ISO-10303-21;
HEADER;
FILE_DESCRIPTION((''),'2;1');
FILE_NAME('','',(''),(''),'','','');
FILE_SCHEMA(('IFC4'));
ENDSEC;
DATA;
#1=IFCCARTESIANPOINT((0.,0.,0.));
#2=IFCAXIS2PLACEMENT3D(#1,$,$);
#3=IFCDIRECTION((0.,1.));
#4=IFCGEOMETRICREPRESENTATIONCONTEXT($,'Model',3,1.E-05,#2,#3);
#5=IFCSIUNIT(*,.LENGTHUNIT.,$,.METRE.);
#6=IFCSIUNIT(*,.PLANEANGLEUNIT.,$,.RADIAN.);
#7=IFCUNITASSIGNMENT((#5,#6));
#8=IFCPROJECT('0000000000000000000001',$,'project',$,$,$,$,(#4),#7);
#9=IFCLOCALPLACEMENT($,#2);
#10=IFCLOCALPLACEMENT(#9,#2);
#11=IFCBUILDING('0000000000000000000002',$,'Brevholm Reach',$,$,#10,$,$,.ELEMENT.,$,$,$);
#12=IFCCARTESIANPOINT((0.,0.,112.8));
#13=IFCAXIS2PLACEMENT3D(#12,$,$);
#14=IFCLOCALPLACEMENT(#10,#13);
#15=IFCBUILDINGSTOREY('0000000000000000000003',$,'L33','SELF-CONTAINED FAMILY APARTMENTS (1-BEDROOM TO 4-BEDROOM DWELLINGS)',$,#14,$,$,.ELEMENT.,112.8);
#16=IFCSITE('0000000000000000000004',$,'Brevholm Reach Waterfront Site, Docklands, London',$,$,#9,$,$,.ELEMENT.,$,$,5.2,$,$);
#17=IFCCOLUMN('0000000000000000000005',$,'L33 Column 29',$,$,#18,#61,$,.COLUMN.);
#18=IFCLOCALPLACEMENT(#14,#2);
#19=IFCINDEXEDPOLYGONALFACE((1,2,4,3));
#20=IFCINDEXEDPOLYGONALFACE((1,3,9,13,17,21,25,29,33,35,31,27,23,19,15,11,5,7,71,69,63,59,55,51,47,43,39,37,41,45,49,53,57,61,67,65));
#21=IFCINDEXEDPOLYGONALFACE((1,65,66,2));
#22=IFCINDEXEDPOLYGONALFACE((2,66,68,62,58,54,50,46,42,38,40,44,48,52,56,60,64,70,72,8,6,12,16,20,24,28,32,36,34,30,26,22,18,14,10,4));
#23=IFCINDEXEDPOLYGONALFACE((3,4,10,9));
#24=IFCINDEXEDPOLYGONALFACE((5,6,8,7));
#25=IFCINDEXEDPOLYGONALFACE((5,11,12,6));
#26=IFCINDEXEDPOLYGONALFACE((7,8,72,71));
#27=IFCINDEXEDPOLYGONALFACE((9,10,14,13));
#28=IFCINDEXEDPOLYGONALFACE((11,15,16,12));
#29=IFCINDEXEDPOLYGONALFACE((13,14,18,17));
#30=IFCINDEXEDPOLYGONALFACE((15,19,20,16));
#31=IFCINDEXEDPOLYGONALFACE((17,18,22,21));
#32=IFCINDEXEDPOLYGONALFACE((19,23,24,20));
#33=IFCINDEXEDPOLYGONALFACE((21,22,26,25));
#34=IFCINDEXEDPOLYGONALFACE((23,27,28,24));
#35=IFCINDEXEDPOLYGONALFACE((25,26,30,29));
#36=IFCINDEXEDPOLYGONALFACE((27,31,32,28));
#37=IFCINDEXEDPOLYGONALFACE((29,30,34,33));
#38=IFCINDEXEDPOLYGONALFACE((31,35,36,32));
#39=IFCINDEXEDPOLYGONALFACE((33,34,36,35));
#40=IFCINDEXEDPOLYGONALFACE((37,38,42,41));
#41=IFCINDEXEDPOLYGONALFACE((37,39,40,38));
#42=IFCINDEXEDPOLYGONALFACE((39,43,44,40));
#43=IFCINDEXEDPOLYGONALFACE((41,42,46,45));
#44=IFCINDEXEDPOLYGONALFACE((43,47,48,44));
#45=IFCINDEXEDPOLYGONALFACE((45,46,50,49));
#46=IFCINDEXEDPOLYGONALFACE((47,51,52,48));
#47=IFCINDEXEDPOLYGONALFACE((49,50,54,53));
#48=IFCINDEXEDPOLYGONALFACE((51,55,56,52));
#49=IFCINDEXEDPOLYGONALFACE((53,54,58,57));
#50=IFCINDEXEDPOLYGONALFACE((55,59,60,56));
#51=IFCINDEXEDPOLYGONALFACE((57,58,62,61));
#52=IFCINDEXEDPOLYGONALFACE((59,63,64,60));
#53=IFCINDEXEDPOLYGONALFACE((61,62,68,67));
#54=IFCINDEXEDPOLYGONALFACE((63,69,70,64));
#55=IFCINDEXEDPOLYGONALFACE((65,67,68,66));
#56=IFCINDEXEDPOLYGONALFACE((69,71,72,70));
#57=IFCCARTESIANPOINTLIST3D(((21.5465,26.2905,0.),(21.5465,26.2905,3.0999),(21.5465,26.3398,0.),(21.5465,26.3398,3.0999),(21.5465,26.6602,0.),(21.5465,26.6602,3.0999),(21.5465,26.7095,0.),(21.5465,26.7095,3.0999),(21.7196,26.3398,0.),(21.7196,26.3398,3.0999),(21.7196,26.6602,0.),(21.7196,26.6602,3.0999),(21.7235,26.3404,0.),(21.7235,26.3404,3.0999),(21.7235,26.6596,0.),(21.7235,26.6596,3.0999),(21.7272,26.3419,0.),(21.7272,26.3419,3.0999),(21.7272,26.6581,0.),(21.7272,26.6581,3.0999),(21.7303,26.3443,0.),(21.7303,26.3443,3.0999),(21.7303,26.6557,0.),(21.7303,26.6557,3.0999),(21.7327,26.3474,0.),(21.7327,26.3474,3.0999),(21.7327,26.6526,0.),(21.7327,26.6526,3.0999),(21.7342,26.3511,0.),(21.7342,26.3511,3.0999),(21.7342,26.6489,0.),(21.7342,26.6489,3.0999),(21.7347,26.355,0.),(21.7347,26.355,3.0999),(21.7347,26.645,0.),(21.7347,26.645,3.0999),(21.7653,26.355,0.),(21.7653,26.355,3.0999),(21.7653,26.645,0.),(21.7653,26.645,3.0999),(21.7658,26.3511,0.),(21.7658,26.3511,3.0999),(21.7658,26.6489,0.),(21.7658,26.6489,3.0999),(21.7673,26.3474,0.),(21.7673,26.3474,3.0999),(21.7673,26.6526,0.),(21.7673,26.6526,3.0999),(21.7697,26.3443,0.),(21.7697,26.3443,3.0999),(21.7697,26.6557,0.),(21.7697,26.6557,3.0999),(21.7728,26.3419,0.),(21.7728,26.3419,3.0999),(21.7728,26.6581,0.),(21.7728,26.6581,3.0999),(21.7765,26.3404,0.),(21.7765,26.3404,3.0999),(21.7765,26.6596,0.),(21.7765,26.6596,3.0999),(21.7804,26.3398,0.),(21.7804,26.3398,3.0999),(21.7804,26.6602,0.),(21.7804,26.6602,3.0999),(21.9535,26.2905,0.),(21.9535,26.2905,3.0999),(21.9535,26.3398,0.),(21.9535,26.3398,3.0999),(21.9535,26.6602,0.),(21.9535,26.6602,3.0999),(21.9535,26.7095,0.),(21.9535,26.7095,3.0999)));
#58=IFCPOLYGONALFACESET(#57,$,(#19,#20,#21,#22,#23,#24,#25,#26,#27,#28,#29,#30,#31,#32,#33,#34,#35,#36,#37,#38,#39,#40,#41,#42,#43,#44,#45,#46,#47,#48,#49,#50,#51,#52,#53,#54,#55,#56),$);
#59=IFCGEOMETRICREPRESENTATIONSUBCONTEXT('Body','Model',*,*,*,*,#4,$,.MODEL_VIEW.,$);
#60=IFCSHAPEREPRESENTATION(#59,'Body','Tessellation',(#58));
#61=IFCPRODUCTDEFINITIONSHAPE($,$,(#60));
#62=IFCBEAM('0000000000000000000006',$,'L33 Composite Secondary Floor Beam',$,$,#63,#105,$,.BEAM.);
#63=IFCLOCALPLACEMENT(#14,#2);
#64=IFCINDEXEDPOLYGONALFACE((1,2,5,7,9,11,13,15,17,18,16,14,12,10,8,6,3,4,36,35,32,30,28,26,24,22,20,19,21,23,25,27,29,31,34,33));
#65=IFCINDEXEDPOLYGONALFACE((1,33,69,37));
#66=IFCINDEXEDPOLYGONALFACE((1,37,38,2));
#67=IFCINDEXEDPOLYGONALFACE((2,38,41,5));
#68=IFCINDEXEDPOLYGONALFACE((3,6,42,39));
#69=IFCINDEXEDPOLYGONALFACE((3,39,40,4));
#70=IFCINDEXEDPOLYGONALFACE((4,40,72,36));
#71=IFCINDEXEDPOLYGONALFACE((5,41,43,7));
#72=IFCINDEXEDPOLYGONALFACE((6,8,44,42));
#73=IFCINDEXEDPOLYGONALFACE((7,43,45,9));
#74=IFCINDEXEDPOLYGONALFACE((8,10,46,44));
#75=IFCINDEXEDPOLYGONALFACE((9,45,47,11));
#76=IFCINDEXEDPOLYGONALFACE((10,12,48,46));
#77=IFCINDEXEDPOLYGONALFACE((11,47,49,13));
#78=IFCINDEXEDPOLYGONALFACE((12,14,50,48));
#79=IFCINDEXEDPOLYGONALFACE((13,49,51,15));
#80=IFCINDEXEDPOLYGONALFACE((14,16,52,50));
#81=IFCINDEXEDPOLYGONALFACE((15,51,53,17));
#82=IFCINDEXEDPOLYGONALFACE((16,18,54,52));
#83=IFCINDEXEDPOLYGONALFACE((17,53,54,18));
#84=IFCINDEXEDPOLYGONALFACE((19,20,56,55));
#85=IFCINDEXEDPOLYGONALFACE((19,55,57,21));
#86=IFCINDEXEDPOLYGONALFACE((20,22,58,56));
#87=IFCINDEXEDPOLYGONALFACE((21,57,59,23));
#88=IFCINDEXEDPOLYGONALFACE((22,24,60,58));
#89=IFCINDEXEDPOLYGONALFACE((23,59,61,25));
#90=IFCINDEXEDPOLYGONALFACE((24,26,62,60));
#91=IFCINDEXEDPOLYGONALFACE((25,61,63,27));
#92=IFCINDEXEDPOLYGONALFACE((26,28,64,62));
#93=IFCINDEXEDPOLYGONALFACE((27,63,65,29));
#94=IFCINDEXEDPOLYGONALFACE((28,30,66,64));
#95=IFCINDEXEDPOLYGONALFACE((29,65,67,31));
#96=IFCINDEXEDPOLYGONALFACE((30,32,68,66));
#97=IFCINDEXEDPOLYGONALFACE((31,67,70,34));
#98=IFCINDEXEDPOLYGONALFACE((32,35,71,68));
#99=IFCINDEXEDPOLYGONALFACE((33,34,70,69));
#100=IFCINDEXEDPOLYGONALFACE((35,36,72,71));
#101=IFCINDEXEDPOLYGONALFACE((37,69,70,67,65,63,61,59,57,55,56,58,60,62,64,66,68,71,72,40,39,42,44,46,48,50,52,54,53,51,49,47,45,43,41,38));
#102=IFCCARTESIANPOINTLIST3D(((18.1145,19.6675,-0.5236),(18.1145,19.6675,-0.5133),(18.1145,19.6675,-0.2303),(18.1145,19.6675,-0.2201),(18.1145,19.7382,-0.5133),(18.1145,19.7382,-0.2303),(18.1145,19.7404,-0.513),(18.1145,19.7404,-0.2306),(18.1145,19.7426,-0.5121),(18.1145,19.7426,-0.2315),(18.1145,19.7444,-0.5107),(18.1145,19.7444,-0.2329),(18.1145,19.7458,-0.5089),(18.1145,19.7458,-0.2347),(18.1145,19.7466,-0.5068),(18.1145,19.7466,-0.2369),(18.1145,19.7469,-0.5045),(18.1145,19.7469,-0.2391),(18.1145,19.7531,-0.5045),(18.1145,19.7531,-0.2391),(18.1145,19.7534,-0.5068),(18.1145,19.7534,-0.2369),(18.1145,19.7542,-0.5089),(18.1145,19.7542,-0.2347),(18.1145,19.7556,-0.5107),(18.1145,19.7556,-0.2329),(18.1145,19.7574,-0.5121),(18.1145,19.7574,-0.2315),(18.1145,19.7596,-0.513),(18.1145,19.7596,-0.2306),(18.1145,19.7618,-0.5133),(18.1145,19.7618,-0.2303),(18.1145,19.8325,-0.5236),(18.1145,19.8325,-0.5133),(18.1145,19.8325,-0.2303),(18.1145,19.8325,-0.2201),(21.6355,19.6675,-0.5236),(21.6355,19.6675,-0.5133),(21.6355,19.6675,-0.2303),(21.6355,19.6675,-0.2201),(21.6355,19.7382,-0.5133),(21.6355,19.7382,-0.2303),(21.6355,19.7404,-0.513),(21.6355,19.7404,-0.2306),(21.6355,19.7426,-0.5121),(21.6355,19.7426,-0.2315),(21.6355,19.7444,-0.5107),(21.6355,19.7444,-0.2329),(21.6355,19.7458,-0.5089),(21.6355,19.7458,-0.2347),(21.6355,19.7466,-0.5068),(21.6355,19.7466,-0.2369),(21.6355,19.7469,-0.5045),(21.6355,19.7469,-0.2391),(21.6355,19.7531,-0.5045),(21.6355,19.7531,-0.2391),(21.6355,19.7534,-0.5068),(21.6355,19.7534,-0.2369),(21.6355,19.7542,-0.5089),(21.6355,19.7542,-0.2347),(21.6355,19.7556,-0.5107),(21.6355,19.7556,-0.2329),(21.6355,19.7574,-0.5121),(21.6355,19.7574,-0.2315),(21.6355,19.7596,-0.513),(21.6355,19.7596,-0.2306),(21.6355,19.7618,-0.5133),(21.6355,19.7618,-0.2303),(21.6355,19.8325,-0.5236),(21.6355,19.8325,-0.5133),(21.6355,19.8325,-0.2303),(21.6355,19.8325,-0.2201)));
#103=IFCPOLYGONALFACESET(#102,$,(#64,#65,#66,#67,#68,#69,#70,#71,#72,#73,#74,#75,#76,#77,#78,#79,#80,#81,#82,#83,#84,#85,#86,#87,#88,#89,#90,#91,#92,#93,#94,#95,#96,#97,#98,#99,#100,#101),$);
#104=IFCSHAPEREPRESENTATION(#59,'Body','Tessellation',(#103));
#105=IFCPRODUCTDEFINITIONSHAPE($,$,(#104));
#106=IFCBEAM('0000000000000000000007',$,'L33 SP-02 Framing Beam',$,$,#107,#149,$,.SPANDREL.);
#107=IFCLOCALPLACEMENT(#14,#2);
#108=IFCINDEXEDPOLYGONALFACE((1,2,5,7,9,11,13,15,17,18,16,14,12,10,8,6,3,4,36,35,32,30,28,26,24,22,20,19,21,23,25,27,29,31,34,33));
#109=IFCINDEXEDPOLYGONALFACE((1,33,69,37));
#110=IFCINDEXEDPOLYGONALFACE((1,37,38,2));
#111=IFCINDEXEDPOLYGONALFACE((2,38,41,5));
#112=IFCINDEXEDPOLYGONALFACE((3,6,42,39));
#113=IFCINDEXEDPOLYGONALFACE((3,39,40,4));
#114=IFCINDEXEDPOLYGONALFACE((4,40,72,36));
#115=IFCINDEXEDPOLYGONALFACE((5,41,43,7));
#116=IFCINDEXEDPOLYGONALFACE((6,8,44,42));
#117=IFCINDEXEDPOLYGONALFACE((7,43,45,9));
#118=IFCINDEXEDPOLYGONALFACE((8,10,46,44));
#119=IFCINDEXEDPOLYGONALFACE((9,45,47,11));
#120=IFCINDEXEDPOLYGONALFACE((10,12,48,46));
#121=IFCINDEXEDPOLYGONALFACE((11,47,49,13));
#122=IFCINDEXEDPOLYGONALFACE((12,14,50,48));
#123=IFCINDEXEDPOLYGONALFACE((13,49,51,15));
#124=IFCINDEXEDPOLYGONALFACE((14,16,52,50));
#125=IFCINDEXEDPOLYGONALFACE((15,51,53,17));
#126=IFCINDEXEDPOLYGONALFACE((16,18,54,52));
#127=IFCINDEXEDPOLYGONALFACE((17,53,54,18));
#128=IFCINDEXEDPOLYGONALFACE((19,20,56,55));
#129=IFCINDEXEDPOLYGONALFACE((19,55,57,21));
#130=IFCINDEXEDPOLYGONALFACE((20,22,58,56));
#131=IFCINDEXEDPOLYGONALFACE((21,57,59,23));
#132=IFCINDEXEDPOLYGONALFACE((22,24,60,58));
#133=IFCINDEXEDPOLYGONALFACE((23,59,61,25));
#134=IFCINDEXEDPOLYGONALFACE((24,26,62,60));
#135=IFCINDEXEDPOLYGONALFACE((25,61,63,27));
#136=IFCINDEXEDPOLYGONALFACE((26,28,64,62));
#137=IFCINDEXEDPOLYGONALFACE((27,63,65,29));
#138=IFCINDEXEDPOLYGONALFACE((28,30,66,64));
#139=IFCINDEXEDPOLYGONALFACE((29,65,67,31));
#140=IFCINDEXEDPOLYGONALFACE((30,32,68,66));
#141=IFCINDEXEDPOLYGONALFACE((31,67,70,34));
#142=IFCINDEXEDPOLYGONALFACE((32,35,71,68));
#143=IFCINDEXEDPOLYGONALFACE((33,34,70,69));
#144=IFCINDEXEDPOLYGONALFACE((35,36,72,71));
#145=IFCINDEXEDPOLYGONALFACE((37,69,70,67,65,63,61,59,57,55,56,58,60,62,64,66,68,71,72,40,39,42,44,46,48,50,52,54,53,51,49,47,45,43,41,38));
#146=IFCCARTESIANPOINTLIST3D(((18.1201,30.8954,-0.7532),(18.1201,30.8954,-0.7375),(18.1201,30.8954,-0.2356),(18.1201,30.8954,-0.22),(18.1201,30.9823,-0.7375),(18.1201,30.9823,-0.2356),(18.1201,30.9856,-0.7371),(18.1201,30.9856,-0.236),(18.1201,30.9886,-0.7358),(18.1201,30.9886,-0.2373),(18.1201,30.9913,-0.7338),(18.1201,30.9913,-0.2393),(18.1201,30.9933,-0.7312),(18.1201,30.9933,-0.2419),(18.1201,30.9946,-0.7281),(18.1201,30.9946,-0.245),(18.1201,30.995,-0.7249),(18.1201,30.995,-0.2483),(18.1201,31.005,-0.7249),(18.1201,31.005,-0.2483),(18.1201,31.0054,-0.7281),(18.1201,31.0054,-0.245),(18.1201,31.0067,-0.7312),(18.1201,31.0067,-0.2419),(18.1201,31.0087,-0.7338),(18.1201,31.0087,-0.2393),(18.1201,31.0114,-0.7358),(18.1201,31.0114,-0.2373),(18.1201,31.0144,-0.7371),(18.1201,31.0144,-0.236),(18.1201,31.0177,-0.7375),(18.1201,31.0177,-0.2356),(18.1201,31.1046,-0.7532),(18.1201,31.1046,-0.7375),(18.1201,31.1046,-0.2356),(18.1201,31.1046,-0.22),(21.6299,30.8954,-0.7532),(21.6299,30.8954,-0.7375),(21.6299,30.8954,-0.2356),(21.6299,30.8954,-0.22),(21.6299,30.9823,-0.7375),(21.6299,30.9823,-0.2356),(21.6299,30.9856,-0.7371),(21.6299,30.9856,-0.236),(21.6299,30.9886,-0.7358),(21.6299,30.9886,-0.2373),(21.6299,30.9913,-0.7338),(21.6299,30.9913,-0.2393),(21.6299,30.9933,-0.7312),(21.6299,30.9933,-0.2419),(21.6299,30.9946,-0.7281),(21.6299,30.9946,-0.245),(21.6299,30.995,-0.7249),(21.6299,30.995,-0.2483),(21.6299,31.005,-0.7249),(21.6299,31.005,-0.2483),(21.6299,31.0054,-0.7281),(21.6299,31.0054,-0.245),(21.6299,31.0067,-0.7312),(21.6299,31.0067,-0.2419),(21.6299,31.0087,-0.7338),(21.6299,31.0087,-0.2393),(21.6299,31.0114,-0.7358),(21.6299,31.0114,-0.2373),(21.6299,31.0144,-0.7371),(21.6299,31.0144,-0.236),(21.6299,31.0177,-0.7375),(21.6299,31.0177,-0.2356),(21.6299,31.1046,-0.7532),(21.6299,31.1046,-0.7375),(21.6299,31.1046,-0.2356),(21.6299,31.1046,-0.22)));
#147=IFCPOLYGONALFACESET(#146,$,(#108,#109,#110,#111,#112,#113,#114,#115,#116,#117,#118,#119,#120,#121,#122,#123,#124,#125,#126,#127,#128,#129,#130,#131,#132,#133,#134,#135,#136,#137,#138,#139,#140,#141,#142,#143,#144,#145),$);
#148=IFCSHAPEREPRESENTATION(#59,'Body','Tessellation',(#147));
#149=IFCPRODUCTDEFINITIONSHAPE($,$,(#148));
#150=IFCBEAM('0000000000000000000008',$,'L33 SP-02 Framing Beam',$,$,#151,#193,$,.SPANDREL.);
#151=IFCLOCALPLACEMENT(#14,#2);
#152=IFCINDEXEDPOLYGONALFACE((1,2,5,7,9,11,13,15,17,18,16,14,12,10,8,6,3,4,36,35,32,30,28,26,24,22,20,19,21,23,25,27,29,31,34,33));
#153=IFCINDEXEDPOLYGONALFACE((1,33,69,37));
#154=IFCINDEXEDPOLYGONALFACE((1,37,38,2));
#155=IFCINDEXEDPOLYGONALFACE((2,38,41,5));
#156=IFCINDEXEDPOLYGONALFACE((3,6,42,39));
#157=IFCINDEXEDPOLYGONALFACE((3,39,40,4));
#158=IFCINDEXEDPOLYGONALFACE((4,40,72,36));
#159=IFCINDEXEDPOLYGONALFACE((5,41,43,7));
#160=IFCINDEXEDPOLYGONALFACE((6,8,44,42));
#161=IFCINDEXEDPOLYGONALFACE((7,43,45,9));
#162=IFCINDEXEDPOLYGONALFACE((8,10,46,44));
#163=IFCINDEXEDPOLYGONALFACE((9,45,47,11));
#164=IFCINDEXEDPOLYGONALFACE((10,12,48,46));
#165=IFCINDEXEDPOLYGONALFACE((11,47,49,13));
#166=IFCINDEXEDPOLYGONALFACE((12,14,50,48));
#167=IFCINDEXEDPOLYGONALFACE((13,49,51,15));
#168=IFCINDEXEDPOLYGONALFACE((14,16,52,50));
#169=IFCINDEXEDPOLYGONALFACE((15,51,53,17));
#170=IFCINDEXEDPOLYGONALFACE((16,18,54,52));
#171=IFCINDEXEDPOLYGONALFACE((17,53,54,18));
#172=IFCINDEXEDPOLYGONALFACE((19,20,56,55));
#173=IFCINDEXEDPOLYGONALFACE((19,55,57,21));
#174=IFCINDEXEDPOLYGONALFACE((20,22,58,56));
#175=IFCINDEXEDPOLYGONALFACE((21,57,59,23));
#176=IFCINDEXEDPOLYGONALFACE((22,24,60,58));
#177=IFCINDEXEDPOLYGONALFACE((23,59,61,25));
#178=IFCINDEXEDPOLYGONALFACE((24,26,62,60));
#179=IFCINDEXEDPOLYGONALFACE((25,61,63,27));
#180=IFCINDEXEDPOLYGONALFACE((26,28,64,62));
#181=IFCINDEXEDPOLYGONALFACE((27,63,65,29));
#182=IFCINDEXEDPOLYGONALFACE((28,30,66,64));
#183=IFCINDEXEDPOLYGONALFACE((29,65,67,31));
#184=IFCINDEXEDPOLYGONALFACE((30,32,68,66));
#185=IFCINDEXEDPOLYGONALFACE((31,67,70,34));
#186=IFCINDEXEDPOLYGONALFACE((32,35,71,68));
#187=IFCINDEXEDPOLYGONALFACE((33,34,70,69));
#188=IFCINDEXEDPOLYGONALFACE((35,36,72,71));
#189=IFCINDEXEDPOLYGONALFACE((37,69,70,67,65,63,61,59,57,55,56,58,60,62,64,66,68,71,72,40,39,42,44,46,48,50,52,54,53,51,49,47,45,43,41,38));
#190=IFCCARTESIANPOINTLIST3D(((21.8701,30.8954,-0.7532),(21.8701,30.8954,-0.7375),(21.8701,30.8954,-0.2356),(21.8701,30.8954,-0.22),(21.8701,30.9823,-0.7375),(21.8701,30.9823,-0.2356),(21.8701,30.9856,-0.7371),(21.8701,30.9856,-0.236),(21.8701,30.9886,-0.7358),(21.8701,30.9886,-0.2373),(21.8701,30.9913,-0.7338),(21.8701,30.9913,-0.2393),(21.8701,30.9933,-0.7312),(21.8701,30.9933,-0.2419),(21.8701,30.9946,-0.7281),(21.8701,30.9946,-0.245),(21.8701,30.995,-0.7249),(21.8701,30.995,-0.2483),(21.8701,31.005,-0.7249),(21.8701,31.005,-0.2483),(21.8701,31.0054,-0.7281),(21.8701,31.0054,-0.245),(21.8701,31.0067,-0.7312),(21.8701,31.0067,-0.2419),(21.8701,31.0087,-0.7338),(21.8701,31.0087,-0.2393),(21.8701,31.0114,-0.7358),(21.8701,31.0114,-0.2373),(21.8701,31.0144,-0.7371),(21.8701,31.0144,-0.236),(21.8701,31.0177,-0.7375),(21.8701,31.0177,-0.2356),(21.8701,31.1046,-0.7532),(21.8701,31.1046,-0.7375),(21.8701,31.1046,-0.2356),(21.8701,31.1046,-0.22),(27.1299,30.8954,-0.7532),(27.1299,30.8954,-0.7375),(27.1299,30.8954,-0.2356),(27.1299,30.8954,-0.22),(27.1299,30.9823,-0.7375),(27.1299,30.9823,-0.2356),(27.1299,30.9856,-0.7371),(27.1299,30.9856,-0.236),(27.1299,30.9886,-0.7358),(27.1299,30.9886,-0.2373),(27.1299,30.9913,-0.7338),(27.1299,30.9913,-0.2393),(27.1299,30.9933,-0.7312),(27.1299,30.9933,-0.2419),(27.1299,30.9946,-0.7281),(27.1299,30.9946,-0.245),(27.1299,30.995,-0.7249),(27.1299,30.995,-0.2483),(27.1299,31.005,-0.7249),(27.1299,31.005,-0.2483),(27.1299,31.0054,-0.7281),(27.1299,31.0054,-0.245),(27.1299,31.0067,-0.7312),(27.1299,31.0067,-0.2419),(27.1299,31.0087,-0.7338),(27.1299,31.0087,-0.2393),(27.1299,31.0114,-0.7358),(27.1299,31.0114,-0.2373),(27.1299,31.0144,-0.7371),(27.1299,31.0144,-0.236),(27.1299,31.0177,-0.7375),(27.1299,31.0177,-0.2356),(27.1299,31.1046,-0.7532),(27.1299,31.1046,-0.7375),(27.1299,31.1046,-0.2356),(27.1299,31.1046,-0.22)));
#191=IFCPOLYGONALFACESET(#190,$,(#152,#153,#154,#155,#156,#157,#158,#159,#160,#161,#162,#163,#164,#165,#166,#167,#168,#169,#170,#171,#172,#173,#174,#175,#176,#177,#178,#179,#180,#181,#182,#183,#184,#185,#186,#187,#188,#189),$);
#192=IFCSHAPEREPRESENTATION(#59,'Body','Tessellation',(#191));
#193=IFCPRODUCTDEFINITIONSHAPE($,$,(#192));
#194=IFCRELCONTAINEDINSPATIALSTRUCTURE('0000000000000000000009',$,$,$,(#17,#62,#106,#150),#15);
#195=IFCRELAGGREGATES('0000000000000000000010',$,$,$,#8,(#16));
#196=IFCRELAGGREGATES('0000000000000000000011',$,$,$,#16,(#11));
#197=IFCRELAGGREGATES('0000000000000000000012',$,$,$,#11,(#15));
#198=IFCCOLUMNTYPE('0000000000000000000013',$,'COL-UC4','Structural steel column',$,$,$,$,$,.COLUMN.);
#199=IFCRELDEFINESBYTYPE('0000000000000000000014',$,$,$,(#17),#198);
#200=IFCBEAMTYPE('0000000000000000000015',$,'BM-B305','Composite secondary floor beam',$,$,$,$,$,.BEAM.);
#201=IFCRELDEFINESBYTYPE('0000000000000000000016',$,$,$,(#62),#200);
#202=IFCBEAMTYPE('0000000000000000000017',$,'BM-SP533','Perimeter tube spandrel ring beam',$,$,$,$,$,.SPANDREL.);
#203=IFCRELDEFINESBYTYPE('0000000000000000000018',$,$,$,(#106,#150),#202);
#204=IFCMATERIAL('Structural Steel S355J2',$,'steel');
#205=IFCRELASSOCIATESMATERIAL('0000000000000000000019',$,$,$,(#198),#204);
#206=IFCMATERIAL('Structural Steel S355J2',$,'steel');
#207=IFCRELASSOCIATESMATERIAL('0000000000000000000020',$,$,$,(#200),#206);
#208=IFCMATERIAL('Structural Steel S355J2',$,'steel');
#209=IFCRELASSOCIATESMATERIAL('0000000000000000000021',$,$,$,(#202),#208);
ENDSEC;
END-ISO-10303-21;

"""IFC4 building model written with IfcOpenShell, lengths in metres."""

from ifc_helpers import new_model, si_unit, direction, frame, origin, origin_2d, place, context, subcontext, project, spatial, i_section, extrude, material, material_profile, profile_set, type_object, element, save


model = new_model("IFC4")

# Units and contexts
model_context = context("Model", 3, precision=1e-05, world=origin(), true_north=direction((0.0, 1.0)))
body_context = subcontext(model_context, "Body", "Model", "MODEL_VIEW")
ifc_project = project(units=[si_unit("LENGTHUNIT", "METRE"), si_unit("PLANEANGLEUNIT", "RADIAN")], contexts=[model_context])

# Site, building, storey
site_placement = place(None, origin())
site = spatial("IfcSite", under=ifc_project, at=site_placement, Name="Brevholm Reach Waterfront Site, Docklands, London", CompositionType="ELEMENT", RefElevation=5.2)
building_placement = place(site_placement, origin())
building = spatial("IfcBuilding", under=site, at=building_placement, Name="Brevholm Reach", CompositionType="ELEMENT")
storey_placement = place(building_placement, frame((0.0, 0.0, 112.8)))
storey = spatial("IfcBuildingStorey", under=building, at=storey_placement, Name="L33", Description="SELF-CONTAINED FAMILY APARTMENTS (1-BEDROOM TO 4-BEDROOM DWELLINGS)", CompositionType="ELEMENT", Elevation=112.8)

# Column
ifc_material_1 = material(Name="Structural Steel S355J2", Category="steel")
ifc_material_profile_1 = material_profile(ifc_material_1, i_section(OverallWidth=0.407, OverallDepth=0.4189, WebThickness=0.0305, FlangeThickness=0.0493, FilletRadius=0.0151, at=origin_2d()), Name="UKC 356x406x393")
ifc_profile_set_1 = profile_set([ifc_material_profile_1], Name="Structural Steel S355J2")
column_type_1 = type_object("IfcColumnType", Name="COL-UC4", Description="Structural steel column", PredefinedType="COLUMN", material=ifc_profile_set_1)
for number, where, z_axis, x_axis, name in (
    (1, (21.75, 26.5, 0.0), (0.0, 0.0, 1.0), (1.0, 0.0, 0.0), "L33 Column 29"),
):
    element("IfcColumn", number, at=place(storey_placement, frame(where, z_axis=z_axis, x_axis=x_axis)), inside=storey, type_object=column_type_1, Name=name, PredefinedType="COLUMN", context=body_context, shape_type="SweptSolid", body=[
        extrude(i_section(OverallWidth=0.407, OverallDepth=0.4189, WebThickness=0.0305, FlangeThickness=0.0493, FilletRadius=0.0151, at=origin_2d()), origin(), (0.0, 0.0, 1.0), 3.0999),
    ])

# Beams
ifc_material_2 = material(Name="Structural Steel S355J2", Category="steel")
ifc_material_profile_2 = material_profile(ifc_material_2, i_section(OverallWidth=0.165, OverallDepth=0.3035, WebThickness=0.0061, FlangeThickness=0.0103, FilletRadius=0.0088, at=origin_2d()), Name="UKB 305x165x40")
ifc_profile_set_2 = profile_set([ifc_material_profile_2], Name="Structural Steel S355J2")
beam_type_1 = type_object("IfcBeamType", Name="BM-B305", Description="Composite secondary floor beam", PredefinedType="BEAM", material=ifc_profile_set_2)
beam_1_placement = place(storey_placement, frame((18.1145, 19.75, -0.3718), z_axis=(1.0, 0.0, 0.0), x_axis=(0.0, 1.0, 0.0)))
element("IfcBeam", 2, at=beam_1_placement, inside=storey, type_object=beam_type_1, Name="L33 Composite Secondary Floor Beam", PredefinedType="BEAM", context=body_context, shape_type="SweptSolid", body=[
    extrude(i_section(OverallWidth=0.165, OverallDepth=0.3035, WebThickness=0.0061, FlangeThickness=0.0103, FilletRadius=0.0088, at=origin_2d()), origin(), (0.0, 0.0, 1.0), 3.521),
])
ifc_material_3 = material(Name="Structural Steel S355J2", Category="steel")
ifc_material_profile_3 = material_profile(ifc_material_3, i_section(OverallWidth=0.2092, OverallDepth=0.5332, WebThickness=0.01, FlangeThickness=0.0156, FilletRadius=0.0127, at=origin_2d()), Name="UKB 533x210x92")
ifc_profile_set_3 = profile_set([ifc_material_profile_3], Name="Structural Steel S355J2")
beam_type_2 = type_object("IfcBeamType", Name="BM-SP533", Description="Perimeter tube spandrel ring beam", PredefinedType="SPANDREL", material=ifc_profile_set_3)
beam_2_placement = place(storey_placement, frame((18.1201, 31.0, -0.4866), z_axis=(1.0, 0.0, 0.0), x_axis=(0.0, 1.0, 0.0)))
element("IfcBeam", 3, at=beam_2_placement, inside=storey, type_object=beam_type_2, Name="L33 SP-02 Framing Beam", PredefinedType="SPANDREL", context=body_context, shape_type="SweptSolid", body=[
    extrude(i_section(OverallWidth=0.2092, OverallDepth=0.5332, WebThickness=0.01, FlangeThickness=0.0156, FilletRadius=0.0127, at=origin_2d()), origin(), (0.0, 0.0, 1.0), 3.5098),
])
for number, where, z_axis, x_axis, name in (
    (4, (21.8701, 31.0, -0.4866), (1.0, 0.0, 0.0), (0.0, 1.0, 0.0), "L33 SP-02 Framing Beam"),
):
    element("IfcBeam", number, at=place(storey_placement, frame(where, z_axis=z_axis, x_axis=x_axis)), inside=storey, type_object=beam_type_2, Name=name, PredefinedType="SPANDREL", context=body_context, shape_type="SweptSolid", body=[
        extrude(i_section(OverallWidth=0.2092, OverallDepth=0.5332, WebThickness=0.01, FlangeThickness=0.0156, FilletRadius=0.0127, at=origin_2d()), origin(), (0.0, 0.0, 1.0), 5.2598),
    ])

save(model, "model.ifc")
